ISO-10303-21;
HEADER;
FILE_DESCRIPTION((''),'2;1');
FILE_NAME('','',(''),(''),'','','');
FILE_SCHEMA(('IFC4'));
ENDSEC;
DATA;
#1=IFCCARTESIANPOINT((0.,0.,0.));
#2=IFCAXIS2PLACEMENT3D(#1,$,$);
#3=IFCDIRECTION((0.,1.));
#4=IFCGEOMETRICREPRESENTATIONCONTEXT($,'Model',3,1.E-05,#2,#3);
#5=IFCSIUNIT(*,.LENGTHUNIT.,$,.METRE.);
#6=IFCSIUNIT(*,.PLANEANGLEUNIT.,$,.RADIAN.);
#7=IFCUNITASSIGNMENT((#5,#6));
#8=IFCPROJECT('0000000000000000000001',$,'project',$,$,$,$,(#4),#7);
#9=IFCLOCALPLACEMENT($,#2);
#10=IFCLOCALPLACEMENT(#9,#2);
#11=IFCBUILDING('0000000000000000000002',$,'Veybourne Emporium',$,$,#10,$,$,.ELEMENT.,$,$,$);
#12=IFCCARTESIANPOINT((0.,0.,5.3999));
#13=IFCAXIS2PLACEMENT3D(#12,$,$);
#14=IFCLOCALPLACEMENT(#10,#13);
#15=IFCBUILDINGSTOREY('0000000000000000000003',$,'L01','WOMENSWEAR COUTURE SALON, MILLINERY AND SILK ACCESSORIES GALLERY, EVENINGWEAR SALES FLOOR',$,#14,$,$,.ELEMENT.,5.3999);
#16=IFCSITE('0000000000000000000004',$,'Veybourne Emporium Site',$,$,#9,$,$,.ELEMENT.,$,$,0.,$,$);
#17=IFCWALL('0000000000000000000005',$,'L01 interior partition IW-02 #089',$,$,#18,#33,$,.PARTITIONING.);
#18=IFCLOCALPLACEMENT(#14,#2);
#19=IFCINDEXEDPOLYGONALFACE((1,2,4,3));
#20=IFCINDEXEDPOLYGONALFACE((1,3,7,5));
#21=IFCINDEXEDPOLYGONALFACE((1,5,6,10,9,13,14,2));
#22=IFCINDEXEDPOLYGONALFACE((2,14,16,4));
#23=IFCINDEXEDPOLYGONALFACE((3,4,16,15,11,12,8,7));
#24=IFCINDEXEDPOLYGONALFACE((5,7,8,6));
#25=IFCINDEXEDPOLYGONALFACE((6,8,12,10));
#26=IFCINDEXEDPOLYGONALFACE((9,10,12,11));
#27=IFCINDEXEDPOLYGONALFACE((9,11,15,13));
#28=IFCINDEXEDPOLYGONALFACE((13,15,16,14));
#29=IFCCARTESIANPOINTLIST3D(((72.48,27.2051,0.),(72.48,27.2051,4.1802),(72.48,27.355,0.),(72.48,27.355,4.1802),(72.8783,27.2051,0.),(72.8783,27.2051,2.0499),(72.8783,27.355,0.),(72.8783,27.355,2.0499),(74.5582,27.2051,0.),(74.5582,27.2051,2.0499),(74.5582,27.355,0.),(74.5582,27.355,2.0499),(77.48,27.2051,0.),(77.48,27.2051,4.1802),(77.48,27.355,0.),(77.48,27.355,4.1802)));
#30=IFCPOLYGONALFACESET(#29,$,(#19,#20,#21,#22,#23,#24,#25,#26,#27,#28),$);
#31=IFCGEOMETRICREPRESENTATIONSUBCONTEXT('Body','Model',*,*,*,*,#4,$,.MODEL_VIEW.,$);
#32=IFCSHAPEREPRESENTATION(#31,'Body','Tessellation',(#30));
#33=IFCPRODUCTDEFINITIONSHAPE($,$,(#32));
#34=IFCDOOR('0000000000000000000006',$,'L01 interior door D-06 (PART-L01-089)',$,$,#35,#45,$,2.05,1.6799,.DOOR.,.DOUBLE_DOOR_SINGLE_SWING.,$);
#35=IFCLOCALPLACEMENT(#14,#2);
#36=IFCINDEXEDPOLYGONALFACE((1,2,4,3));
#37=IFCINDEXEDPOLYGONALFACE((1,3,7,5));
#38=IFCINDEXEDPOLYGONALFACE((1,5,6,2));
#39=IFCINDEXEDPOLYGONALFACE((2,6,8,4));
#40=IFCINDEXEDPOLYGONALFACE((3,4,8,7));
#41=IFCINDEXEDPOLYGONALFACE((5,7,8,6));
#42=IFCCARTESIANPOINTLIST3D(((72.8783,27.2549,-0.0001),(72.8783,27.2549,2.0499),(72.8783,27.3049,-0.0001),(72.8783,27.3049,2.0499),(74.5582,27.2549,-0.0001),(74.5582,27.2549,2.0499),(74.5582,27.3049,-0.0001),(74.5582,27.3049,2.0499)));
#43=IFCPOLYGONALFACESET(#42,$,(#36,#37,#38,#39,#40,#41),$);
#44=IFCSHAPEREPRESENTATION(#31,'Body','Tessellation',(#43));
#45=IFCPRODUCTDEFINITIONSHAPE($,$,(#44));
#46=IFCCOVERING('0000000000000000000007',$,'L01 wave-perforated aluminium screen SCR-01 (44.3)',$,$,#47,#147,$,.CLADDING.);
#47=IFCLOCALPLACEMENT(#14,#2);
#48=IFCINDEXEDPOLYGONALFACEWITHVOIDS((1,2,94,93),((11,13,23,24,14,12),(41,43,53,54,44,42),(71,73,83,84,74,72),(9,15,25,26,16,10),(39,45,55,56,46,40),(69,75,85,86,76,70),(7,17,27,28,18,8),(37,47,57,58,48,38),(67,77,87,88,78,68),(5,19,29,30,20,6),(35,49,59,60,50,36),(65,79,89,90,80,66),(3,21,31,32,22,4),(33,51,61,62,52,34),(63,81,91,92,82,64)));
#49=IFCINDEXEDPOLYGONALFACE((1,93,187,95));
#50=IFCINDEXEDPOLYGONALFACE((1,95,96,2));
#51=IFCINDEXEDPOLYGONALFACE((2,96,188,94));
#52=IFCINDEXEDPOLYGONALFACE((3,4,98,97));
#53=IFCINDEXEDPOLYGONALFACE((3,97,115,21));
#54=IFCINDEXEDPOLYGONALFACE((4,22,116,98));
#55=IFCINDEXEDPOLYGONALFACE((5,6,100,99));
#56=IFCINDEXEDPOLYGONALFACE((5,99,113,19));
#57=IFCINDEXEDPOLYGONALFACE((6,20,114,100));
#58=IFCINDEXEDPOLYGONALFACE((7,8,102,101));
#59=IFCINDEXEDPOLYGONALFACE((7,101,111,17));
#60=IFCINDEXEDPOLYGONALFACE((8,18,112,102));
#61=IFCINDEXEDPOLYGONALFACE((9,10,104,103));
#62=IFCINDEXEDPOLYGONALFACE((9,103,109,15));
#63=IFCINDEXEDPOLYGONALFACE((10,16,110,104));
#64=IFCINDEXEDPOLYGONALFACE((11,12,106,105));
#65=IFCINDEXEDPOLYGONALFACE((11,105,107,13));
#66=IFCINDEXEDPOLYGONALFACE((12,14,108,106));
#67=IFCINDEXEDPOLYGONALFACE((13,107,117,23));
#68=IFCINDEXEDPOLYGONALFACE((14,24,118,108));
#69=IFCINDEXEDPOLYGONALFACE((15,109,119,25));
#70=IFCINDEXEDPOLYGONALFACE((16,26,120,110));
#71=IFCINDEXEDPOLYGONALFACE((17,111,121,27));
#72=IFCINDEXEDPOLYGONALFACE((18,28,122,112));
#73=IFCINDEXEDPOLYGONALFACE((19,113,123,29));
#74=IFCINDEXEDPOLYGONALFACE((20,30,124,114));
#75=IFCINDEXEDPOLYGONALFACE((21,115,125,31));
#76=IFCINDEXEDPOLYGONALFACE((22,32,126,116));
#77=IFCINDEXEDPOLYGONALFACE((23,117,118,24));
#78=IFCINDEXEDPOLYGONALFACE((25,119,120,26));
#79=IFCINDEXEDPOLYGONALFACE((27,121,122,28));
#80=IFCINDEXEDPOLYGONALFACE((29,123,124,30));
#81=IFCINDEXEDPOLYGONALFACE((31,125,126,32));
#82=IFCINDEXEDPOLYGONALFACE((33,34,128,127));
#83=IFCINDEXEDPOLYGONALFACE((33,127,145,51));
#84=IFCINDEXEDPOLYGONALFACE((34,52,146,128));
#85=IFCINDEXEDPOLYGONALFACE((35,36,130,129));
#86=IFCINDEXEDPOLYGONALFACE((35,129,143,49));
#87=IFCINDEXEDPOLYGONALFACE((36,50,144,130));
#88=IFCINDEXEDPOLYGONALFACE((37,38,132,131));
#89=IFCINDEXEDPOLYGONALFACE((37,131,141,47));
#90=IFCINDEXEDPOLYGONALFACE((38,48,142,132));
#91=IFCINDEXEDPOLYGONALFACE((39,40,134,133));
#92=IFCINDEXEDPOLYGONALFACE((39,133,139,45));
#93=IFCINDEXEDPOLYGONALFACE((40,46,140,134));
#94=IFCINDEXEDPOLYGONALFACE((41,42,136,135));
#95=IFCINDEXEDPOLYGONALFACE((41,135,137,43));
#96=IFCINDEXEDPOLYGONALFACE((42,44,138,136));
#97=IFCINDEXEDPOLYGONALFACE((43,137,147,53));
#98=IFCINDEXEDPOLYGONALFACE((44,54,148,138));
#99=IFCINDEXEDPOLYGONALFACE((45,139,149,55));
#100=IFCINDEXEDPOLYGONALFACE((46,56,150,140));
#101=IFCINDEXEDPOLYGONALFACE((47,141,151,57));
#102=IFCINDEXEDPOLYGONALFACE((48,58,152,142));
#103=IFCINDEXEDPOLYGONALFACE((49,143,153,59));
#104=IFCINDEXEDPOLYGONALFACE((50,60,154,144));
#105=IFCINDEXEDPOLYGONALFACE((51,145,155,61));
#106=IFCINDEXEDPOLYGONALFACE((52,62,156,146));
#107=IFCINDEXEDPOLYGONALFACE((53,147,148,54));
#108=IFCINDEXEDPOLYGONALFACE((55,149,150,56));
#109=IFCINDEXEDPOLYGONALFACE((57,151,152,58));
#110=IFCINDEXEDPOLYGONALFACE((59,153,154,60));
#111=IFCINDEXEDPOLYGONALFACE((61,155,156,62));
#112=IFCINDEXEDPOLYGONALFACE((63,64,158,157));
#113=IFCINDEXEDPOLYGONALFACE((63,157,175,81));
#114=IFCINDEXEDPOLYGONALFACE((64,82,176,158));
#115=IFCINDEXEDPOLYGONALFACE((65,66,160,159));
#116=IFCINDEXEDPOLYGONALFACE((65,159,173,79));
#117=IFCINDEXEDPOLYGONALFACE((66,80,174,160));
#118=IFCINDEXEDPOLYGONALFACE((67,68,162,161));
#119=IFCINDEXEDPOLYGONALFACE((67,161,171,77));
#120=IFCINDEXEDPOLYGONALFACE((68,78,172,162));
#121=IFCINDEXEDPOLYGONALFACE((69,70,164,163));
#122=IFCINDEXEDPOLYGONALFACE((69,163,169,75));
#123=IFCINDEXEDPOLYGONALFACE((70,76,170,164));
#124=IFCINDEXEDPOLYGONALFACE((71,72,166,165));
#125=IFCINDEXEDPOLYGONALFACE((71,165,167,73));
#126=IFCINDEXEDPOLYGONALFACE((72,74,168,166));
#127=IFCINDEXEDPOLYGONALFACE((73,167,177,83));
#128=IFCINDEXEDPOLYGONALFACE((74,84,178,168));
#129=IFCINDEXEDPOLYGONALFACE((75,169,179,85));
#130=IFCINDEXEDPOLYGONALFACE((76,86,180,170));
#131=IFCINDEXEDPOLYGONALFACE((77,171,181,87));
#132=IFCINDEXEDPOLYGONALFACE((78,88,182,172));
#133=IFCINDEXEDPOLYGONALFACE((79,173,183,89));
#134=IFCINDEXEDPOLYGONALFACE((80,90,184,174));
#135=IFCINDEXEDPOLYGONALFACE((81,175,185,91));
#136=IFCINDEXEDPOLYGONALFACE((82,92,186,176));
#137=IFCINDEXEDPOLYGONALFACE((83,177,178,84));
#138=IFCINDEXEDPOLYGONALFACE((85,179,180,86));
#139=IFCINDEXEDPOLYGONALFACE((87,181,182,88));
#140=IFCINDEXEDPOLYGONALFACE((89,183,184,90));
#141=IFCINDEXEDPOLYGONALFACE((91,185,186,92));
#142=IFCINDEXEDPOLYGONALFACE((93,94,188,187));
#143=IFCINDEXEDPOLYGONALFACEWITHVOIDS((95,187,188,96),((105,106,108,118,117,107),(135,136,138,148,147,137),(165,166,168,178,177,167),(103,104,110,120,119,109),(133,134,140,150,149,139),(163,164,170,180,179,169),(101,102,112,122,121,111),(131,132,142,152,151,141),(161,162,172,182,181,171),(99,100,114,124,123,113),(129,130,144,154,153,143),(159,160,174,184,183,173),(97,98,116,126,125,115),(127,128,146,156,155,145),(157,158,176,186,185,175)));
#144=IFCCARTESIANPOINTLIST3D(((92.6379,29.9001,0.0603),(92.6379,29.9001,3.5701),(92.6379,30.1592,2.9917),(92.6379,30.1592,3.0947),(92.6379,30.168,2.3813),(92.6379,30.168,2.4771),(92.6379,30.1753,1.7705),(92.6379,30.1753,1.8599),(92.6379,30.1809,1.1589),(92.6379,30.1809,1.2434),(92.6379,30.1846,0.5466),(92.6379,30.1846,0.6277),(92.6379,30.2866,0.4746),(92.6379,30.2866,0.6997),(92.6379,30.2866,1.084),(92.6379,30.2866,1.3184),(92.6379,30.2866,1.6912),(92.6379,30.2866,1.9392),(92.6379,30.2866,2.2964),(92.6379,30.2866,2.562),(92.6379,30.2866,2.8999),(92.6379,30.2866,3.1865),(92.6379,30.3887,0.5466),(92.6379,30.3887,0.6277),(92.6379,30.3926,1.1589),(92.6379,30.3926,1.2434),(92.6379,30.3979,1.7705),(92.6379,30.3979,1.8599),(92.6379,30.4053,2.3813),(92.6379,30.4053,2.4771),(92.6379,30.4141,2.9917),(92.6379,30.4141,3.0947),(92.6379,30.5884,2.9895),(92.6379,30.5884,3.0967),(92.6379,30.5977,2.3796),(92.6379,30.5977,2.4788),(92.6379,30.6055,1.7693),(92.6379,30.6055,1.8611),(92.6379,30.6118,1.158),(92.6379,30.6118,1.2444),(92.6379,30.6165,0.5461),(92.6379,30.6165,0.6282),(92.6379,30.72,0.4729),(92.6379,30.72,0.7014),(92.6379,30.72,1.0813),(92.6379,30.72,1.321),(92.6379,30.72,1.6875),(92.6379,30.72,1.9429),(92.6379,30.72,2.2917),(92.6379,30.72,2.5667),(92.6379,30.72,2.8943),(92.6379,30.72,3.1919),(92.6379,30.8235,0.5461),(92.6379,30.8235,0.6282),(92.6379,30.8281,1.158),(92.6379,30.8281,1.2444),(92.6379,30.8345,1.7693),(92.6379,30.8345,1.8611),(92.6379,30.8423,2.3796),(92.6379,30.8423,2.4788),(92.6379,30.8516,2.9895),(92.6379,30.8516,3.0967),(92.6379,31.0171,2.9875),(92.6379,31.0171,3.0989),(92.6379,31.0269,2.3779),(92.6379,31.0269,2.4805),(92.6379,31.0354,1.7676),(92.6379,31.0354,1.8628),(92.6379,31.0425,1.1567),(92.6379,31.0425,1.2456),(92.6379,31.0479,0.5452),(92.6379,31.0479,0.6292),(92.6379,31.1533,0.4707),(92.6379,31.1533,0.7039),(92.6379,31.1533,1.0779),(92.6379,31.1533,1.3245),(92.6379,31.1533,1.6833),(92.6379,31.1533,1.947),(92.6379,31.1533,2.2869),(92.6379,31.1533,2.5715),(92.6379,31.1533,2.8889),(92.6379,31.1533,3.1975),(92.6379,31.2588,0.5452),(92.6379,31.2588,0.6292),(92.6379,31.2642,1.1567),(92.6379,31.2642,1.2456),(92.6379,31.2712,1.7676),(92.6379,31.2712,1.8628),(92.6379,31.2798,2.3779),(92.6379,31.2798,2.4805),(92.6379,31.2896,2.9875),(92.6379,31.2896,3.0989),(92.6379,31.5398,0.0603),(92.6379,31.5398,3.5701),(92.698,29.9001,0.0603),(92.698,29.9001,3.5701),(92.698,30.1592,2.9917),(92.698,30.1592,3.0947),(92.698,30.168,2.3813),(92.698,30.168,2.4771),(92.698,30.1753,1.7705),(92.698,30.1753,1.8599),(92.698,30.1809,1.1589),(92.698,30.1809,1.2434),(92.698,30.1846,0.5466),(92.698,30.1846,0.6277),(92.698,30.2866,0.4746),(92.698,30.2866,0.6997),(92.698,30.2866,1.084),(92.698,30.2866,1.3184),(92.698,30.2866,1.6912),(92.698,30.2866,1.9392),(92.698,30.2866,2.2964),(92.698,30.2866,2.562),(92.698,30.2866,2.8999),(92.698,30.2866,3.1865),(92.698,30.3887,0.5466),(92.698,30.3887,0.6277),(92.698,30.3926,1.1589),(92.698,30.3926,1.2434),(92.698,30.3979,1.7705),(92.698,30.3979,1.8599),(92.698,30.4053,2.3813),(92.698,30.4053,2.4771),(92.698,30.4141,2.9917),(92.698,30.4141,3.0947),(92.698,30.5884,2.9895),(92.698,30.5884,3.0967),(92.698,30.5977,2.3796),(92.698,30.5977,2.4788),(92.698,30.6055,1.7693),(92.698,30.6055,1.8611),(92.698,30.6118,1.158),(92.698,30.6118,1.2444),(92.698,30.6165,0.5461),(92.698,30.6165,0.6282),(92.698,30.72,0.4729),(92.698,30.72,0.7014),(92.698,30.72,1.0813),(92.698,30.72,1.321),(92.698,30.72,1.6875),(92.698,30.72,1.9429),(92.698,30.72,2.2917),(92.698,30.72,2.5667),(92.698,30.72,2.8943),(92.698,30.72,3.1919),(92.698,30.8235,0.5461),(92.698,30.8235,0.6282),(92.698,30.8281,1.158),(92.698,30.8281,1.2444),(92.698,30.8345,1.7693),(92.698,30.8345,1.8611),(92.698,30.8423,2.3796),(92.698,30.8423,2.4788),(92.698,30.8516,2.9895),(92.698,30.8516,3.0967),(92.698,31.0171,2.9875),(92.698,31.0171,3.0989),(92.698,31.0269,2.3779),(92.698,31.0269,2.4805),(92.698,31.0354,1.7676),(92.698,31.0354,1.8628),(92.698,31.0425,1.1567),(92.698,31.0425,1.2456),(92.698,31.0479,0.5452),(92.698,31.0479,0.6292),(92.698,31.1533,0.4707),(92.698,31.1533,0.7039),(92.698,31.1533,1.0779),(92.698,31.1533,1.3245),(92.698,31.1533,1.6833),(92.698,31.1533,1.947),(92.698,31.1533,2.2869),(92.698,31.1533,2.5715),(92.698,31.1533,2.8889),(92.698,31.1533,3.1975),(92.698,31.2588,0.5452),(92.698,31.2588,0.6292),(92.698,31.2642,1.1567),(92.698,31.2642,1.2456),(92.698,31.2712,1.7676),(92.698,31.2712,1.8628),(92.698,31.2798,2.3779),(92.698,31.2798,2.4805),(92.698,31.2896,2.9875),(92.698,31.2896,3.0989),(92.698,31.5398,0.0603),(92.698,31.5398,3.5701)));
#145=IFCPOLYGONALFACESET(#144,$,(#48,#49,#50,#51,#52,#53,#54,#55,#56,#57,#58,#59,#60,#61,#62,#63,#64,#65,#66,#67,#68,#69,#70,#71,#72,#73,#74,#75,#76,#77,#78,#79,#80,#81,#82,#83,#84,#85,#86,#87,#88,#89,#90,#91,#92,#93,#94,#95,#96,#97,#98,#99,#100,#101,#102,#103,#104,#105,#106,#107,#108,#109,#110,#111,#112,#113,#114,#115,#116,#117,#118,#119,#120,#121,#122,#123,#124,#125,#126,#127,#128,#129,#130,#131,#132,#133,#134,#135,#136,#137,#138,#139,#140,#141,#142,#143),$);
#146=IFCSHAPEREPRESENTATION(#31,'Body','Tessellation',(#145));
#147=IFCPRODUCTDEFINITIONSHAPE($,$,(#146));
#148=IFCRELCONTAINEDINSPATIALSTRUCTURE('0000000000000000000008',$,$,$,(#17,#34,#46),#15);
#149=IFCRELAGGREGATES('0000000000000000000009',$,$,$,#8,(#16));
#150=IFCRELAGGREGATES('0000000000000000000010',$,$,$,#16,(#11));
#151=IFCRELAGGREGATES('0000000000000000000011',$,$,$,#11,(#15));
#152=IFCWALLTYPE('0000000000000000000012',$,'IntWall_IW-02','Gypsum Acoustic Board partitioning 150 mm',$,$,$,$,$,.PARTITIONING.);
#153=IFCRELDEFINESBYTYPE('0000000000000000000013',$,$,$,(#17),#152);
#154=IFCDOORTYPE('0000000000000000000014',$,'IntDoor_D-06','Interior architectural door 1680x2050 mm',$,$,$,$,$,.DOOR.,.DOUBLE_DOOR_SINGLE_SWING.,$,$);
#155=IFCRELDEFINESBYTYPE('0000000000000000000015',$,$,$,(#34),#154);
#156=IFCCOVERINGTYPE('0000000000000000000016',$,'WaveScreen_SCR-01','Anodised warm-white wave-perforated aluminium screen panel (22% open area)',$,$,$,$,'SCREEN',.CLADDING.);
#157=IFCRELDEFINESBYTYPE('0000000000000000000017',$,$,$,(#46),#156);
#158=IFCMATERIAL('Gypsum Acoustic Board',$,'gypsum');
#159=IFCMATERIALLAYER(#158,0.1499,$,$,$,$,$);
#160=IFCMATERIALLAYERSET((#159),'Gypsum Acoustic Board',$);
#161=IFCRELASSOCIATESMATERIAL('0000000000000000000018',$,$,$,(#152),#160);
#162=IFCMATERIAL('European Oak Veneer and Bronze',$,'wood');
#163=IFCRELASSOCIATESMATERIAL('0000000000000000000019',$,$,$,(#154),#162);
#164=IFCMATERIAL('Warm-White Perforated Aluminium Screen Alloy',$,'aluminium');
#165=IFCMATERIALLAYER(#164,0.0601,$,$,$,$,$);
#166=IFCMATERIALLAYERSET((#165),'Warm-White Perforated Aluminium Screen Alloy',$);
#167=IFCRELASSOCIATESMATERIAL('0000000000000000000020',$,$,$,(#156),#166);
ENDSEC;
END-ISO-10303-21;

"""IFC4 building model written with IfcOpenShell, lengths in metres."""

from ifc_helpers import new_model, si_unit, direction, frame, frame_2d, origin, place, context, subcontext, project, spatial, polyline, rectangle, outline, extrude, material, layer, layer_set, type_object, element, fill, save


model = new_model("IFC4")

# Units and contexts
model_context = context("Model", 3, precision=1e-05, world=origin(), true_north=direction((0.0, 1.0)))
body_context = subcontext(model_context, "Body", "Model", "MODEL_VIEW")
ifc_project = project(units=[si_unit("LENGTHUNIT", "METRE"), si_unit("PLANEANGLEUNIT", "RADIAN")], contexts=[model_context])

# Site, building, storey
site_placement = place(None, origin())
site = spatial("IfcSite", under=ifc_project, at=site_placement, Name="Veybourne Emporium Site", CompositionType="ELEMENT", RefElevation=0.0)
building_placement = place(site_placement, origin())
building = spatial("IfcBuilding", under=site, at=building_placement, Name="Veybourne Emporium", CompositionType="ELEMENT")
storey_placement = place(building_placement, frame((0.0, 0.0, 5.3999)))
storey = spatial("IfcBuildingStorey", under=building, at=storey_placement, Name="L01", Description="WOMENSWEAR COUTURE SALON, MILLINERY AND SILK ACCESSORIES GALLERY, EVENINGWEAR SALES FLOOR", CompositionType="ELEMENT", Elevation=5.3999)

# Shared definitions
ifc_material_1 = material(Name="Gypsum Acoustic Board", Category="gypsum")
ifc_material_2 = material(Name="European Oak Veneer and Bronze", Category="wood")

# Wall, opening, door
ifc_layer_1 = layer(ifc_material_1, 0.1499)
ifc_layer_set_1 = layer_set([ifc_layer_1], Name="Gypsum Acoustic Board")
wall_type_1 = type_object("IfcWallType", Name="IntWall_IW-02", Description="Gypsum Acoustic Board partitioning 150 mm", PredefinedType="PARTITIONING", material=ifc_layer_set_1)
wall_1_placement = place(storey_placement, frame((72.48, 27.28, 0.0), z_axis=(0.0, 0.0, 1.0), x_axis=(1.0, 0.0, 0.0)))
wall_1 = element("IfcWall", 1, at=wall_1_placement, inside=storey, type_object=wall_type_1, Name="L01 interior partition IW-02 #089", PredefinedType="PARTITIONING", context=body_context, shape_type="SweptSolid", body=[
    extrude(rectangle(XDim=5.0, YDim=0.1499, at=frame_2d((2.5, 0.0))), origin(), (0.0, 0.0, 1.0), 4.1802),
])
opening_1_placement = place(wall_1_placement, frame((0.3984, 0.0, 0.0)))
opening_1 = element("IfcOpeningElement", 2, at=opening_1_placement, cuts=wall_1, PredefinedType="OPENING", context=body_context, shape_type="SweptSolid", body=[
    extrude(rectangle(XDim=1.6799, YDim=2.05, at=frame_2d((0.8398, 1.0249))), frame((0.0, 0.095, 0.0), z_axis=(0.0, -1.0, 0.0), x_axis=(1.0, 0.0, 0.0)), (0.0, 0.0, 1.0), 0.1899),
])
door_type_1 = type_object("IfcDoorType", Name="IntDoor_D-06", Description="Interior architectural door 1680x2050 mm", OperationType="DOUBLE_DOOR_SINGLE_SWING", PredefinedType="DOOR", material=ifc_material_2)
door_1_placement = place(opening_1_placement, origin())
door_1 = element("IfcDoor", 3, at=door_1_placement, inside=storey, type_object=door_type_1, Name="L01 interior door D-06 (PART-L01-089)", OperationType="DOUBLE_DOOR_SINGLE_SWING", OverallHeight=2.05, OverallWidth=1.6799, PredefinedType="DOOR", context=body_context, shape_type="SweptSolid", body=[
    extrude(rectangle(XDim=1.6799, YDim=2.05, at=frame_2d((0.8398, 1.0249))), frame((0.0, 0.0249, 0.0), z_axis=(0.0, -1.0, 0.0), x_axis=(1.0, 0.0, 0.0)), (0.0, 0.0, 1.0), 0.05),
])
fill(opening_1, door_1)

# Covering
ifc_material_3 = material(Name="Warm-White Perforated Aluminium Screen Alloy", Category="aluminium")
ifc_layer_2 = layer(ifc_material_3, 0.0601)
ifc_layer_set_2 = layer_set([ifc_layer_2], Name="Warm-White Perforated Aluminium Screen Alloy")
covering_type = type_object("IfcCoveringType", Name="WaveScreen_SCR-01", Description="Anodised warm-white wave-perforated aluminium screen panel (22% open area)", ElementType="SCREEN", PredefinedType="CLADDING", material=ifc_layer_set_2)
covering_placement = place(storey_placement, frame((92.698, 30.72, 1.8152), z_axis=(-1.0, 0.0, 0.0), x_axis=(0.0, -1.0, 0.0)))
element("IfcCovering", 4, at=covering_placement, inside=storey, type_object=covering_type, Name="L01 wave-perforated aluminium screen SCR-01 (44.3)", PredefinedType="CLADDING", context=body_context, shape_type="SweptSolid", body=[
    extrude(outline(polyline([(-0.8198, -1.7549), (0.8198, -1.7549), (0.8198, 1.7549), (-0.8198, 1.7549), (-0.8198, -1.7549)]), holes=[polyline([(-0.4333, -1.1113), (-0.3279, -1.186), (-0.3279, -1.27), (-0.4333, -1.3445), (-0.5388, -1.27), (-0.5388, -1.186), (-0.4333, -1.1113)]), polyline([(-0.4333, -0.4907), (-0.3225, -0.5696), (-0.3225, -0.6584), (-0.4333, -0.7373), (-0.5442, -0.6584), (-0.5442, -0.5696), (-0.4333, -0.4907)]), polyline([(-0.4333, 0.1318), (-0.3154, 0.0476), (-0.3154, -0.0476), (-0.4333, -0.1318), (-0.5513, -0.0476), (-0.5513, 0.0476), (-0.4333, 0.1318)]), polyline([(-0.4333, 0.7563), (-0.3069, 0.6653), (-0.3069, 0.5627), (-0.4333, 0.4717), (-0.5598, 0.5627), (-0.5598, 0.6653), (-0.4333, 0.7563)]), polyline([(-0.4333, 1.3823), (-0.2971, 1.2837), (-0.2971, 1.1724), (-0.4333, 1.0737), (-0.5696, 1.1724), (-0.5696, 1.2837), (-0.4333, 1.3823)]), polyline([(0.0, -1.1138), (0.1035, -1.187), (0.1035, -1.269), (0.0, -1.3423), (-0.1035, -1.269), (-0.1035, -1.187), (0.0, -1.1138)]), polyline([(0.0, -0.4941), (0.1082, -0.5708), (0.1082, -0.6572), (0.0, -0.7339), (-0.1082, -0.6572), (-0.1082, -0.5708), (0.0, -0.4941)]), polyline([(0.0, 0.1277), (0.1145, 0.0459), (0.1145, -0.0459), (0.0, -0.1277), (-0.1145, -0.0459), (-0.1145, 0.0459), (0.0, 0.1277)]), polyline([(0.0, 0.7515), (0.1223, 0.6636), (0.1223, 0.5645), (0.0, 0.4766), (-0.1223, 0.5645), (-0.1223, 0.6636), (0.0, 0.7515)]), polyline([(0.0, 1.3767), (0.1316, 1.2815), (0.1316, 1.1743), (0.0, 1.0791), (-0.1316, 1.1743), (-0.1316, 1.2815), (0.0, 1.3767)]), polyline([(0.4333, -1.1155), (0.5354, -1.1875), (0.5354, -1.2686), (0.4333, -1.3406), (0.3313, -1.2686), (0.3313, -1.1875), (0.4333, -1.1155)]), polyline([(0.4333, -0.4968), (0.5391, -0.5718), (0.5391, -0.6562), (0.4333, -0.7312), (0.3274, -0.6562), (0.3274, -0.5718), (0.4333, -0.4968)]), polyline([(0.4333, 0.124), (0.5447, 0.0447), (0.5447, -0.0447), (0.4333, -0.124), (0.322, -0.0447), (0.322, 0.0447), (0.4333, 0.124)]), polyline([(0.4333, 0.7468), (0.552, 0.6619), (0.552, 0.5662), (0.4333, 0.4812), (0.3147, 0.5662), (0.3147, 0.6619), (0.4333, 0.7468)]), polyline([(0.4333, 1.3713), (0.5608, 1.2795), (0.5608, 1.1765), (0.4333, 1.0847), (0.3059, 1.1765), (0.3059, 1.2795), (0.4333, 1.3713)])]), origin(), (0.0, 0.0, 1.0), 0.0601),
])

save(model, "model.ifc")
